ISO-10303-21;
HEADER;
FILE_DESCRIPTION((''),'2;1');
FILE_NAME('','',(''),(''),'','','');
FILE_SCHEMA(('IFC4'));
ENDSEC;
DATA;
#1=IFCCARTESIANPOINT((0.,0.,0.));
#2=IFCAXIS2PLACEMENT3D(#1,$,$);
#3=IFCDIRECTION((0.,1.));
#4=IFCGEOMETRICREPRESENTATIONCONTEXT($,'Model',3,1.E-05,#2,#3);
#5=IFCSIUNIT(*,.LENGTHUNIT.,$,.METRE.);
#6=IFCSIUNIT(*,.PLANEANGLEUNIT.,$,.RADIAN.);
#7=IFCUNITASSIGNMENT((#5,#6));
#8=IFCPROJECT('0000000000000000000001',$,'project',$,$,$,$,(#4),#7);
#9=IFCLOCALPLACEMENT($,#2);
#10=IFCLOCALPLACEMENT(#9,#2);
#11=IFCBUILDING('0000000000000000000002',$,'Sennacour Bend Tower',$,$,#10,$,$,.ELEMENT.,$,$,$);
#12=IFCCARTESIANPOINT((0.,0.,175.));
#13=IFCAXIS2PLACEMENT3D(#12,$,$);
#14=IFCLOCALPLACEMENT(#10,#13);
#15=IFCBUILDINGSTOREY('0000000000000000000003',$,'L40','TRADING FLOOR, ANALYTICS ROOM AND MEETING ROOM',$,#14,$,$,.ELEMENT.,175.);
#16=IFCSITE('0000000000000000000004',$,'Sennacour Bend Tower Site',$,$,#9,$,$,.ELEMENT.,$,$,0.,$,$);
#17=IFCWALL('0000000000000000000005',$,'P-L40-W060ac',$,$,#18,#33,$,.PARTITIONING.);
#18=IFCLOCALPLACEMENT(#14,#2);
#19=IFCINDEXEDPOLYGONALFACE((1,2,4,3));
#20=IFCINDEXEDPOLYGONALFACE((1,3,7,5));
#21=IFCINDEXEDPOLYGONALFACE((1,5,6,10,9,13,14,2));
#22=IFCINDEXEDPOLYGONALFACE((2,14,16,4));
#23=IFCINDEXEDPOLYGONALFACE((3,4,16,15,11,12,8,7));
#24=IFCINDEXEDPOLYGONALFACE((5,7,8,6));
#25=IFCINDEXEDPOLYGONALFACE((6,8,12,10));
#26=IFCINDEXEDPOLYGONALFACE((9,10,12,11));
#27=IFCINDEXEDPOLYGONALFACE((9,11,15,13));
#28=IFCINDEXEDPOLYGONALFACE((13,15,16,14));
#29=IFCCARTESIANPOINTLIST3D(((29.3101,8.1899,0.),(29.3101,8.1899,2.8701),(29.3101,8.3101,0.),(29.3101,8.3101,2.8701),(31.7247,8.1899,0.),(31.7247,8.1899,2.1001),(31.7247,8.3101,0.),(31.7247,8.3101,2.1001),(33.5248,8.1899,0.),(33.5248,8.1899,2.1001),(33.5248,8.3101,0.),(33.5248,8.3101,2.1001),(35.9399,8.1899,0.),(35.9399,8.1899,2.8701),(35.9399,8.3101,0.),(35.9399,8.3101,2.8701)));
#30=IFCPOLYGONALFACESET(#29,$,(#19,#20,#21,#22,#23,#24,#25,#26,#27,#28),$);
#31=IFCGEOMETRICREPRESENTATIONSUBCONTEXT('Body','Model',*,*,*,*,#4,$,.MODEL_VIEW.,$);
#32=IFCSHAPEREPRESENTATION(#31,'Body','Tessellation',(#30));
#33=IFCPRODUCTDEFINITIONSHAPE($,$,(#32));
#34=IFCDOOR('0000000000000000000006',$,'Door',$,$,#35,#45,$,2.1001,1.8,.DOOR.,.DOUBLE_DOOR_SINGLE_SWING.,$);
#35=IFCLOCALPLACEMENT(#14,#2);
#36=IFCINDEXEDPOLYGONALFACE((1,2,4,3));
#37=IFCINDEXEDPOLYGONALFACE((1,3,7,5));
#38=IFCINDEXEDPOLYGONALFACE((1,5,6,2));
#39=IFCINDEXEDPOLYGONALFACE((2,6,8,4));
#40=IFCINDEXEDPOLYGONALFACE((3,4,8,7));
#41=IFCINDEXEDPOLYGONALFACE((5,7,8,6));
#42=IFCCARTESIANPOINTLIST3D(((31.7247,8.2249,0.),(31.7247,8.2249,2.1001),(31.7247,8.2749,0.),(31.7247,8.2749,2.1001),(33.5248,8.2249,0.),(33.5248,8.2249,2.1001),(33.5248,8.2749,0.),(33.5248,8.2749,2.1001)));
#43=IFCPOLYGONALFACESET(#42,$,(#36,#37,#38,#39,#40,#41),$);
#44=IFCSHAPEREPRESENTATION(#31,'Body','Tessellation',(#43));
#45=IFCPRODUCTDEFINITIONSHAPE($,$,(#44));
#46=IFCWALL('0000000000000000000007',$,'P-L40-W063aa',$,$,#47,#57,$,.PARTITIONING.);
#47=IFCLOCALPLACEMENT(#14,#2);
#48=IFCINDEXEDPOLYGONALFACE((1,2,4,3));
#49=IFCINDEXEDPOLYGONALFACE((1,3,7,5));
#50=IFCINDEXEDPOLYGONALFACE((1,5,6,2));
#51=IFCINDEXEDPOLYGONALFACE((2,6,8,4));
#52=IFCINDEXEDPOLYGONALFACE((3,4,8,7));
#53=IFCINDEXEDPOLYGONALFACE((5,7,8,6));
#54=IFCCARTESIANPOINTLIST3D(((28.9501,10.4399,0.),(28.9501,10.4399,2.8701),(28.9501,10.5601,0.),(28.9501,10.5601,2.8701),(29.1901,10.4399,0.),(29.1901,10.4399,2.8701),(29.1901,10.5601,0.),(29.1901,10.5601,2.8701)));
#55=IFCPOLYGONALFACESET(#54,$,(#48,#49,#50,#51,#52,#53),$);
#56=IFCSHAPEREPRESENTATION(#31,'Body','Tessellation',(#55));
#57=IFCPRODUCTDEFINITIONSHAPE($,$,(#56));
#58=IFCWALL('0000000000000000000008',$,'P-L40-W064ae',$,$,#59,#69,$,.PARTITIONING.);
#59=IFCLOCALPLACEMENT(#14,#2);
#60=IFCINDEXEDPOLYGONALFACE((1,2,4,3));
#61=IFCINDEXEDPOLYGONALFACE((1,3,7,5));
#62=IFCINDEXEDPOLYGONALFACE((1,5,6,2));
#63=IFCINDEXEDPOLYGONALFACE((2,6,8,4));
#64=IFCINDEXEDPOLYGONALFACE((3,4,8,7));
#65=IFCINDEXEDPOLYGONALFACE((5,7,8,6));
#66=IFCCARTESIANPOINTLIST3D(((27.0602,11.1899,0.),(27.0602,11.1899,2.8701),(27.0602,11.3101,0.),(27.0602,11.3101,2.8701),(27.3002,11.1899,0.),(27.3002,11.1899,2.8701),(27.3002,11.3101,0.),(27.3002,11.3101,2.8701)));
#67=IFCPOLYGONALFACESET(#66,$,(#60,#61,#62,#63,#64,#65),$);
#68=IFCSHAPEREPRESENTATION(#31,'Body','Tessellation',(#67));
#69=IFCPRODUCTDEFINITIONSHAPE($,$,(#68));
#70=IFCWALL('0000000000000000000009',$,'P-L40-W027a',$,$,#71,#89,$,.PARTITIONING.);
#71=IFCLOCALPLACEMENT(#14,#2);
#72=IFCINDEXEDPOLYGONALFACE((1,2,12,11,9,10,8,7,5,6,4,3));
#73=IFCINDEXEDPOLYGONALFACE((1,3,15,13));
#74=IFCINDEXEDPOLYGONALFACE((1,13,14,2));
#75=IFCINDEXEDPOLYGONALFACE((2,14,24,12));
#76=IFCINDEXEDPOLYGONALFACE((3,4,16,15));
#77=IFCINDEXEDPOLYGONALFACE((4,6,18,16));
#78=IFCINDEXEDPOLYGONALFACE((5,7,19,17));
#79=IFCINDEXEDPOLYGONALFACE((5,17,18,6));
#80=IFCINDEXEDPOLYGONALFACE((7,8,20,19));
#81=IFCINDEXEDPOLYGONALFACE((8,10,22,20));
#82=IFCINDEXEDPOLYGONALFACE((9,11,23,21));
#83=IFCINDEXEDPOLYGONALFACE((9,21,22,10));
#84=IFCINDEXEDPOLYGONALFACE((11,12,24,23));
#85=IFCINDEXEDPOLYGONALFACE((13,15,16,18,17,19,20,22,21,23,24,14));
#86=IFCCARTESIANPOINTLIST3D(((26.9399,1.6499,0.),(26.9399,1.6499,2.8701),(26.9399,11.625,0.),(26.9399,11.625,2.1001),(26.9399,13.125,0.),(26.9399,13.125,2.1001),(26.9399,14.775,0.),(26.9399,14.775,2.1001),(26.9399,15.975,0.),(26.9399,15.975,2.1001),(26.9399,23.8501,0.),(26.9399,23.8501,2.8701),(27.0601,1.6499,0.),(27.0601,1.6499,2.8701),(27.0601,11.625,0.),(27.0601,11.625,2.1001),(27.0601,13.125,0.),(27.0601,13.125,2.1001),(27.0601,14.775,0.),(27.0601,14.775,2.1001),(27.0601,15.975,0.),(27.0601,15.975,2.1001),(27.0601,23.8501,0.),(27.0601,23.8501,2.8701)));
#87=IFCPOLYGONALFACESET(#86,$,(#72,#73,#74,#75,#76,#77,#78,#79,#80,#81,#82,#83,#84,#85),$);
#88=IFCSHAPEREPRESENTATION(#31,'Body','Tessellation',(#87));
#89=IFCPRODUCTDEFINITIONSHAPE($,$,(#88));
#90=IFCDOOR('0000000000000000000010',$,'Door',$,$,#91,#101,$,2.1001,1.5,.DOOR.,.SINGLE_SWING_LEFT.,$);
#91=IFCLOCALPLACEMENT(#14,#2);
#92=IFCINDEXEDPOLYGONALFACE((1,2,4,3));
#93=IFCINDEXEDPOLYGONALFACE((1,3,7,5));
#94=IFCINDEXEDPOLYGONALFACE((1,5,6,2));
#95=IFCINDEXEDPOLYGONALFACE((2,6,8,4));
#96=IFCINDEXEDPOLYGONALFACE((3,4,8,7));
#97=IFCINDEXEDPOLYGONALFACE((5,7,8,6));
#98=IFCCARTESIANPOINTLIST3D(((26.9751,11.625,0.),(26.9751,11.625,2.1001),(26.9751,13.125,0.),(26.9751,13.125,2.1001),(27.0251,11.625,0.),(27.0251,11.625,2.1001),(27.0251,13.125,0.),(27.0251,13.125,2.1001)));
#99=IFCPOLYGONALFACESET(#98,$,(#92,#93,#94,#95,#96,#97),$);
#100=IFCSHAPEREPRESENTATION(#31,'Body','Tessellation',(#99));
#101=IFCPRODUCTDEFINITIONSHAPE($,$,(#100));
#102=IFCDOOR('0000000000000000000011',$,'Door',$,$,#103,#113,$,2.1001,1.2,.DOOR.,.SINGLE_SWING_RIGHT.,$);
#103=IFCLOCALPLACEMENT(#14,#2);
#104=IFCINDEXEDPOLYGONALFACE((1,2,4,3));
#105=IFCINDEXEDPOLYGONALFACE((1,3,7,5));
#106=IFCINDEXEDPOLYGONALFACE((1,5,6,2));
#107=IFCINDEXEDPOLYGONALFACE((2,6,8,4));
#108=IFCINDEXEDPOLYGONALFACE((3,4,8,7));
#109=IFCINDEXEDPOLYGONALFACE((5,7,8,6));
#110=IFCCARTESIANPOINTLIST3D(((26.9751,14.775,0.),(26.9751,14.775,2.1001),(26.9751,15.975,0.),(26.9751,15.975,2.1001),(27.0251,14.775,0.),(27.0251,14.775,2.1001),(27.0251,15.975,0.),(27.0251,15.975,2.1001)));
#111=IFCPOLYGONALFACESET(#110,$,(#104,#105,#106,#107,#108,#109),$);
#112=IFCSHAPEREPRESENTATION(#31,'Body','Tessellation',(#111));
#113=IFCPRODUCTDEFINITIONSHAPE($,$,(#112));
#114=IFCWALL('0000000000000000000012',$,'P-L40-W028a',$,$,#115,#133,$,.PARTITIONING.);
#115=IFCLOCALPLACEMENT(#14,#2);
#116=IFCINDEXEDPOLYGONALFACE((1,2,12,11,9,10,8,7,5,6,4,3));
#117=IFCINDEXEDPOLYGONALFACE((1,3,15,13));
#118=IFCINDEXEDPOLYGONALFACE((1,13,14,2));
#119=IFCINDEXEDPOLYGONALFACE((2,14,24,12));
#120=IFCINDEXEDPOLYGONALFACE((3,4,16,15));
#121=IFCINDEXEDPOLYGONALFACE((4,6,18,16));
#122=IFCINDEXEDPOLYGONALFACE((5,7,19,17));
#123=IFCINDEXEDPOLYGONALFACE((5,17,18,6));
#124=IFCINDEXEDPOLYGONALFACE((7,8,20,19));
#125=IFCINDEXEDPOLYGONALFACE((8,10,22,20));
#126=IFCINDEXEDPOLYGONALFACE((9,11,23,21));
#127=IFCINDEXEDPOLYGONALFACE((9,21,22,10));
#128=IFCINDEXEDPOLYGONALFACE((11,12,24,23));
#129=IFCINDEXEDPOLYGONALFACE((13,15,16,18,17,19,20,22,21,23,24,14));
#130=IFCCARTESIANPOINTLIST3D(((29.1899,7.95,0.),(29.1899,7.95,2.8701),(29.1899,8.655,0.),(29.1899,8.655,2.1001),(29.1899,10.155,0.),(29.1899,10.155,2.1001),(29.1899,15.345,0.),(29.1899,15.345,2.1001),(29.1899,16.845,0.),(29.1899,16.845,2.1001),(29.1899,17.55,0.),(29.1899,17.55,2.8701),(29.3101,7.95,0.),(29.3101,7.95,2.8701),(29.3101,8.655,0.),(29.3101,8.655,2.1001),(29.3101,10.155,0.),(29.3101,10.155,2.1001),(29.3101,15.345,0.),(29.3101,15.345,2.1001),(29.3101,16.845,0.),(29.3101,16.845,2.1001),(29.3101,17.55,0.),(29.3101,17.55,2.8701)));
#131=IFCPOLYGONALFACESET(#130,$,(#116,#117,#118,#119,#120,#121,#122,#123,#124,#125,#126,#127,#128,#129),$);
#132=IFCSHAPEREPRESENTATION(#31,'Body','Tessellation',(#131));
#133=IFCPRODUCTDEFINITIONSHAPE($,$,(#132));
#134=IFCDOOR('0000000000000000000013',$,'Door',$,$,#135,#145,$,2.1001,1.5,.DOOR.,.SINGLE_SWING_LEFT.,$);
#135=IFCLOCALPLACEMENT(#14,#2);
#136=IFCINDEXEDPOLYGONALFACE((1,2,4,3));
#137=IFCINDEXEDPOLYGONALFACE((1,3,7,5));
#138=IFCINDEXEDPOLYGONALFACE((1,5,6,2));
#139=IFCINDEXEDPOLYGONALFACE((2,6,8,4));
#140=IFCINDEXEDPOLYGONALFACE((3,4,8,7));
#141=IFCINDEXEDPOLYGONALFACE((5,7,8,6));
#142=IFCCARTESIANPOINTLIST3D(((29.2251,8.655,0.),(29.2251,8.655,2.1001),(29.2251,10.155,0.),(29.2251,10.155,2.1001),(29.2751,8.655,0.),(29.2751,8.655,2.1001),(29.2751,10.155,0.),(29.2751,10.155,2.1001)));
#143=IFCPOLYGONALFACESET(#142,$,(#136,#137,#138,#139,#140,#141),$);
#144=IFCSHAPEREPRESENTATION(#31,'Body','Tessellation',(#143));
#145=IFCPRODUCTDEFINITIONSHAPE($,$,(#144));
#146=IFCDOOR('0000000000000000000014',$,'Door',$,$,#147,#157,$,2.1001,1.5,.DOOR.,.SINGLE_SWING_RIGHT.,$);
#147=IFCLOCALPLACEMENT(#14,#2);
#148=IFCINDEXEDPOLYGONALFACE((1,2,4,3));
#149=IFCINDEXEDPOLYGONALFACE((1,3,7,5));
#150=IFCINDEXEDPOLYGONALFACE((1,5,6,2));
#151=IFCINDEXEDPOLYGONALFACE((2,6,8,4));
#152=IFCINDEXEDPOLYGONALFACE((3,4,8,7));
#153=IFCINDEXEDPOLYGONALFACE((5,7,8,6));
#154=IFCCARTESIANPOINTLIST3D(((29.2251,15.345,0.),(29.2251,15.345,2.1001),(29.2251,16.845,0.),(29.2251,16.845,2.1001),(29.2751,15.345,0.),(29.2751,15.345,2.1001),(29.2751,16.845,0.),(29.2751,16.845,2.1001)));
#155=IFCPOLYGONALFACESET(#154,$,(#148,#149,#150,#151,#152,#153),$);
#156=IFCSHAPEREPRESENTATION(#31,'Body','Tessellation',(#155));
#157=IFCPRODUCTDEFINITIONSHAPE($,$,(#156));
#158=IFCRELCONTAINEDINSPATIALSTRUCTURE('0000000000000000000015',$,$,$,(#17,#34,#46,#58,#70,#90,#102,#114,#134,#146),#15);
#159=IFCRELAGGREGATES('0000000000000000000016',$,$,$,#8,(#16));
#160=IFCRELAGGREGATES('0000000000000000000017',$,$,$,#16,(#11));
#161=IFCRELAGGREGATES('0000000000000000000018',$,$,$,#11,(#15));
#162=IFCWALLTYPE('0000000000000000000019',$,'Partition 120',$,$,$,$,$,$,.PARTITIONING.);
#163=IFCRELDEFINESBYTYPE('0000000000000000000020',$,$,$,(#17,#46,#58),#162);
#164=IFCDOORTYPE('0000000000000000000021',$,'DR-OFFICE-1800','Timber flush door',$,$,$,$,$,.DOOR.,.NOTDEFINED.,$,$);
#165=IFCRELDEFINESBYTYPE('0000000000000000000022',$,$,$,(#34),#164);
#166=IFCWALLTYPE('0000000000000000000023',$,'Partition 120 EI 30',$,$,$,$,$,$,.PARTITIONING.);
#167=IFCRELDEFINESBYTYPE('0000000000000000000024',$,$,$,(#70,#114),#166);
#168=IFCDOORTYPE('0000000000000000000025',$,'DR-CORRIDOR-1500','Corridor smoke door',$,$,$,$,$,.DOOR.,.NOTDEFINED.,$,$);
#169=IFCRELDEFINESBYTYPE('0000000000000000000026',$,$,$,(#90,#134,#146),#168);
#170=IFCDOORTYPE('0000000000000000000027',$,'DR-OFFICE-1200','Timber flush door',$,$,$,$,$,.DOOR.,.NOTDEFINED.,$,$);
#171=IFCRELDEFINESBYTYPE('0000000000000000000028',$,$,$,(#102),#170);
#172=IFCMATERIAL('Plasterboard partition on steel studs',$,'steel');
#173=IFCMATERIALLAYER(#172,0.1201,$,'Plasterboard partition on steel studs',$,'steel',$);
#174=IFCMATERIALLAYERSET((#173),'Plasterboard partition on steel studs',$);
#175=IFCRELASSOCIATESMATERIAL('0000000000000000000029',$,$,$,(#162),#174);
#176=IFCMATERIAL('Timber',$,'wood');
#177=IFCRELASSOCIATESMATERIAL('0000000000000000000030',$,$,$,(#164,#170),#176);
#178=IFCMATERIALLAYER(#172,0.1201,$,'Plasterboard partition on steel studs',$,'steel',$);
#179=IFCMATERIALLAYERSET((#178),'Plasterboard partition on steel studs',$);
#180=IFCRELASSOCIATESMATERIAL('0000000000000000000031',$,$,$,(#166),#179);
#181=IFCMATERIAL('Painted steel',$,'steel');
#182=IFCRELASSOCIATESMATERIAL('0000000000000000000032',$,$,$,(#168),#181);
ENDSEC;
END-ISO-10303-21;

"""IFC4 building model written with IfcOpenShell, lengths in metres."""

from ifc_helpers import new_model, si_unit, direction, frame, frame_2d, origin, place, context, subcontext, project, spatial, rectangle, extrude, material, layer, layer_set, type_object, element, fill, save


model = new_model("IFC4")

# Units and contexts
model_context = context("Model", 3, precision=1e-05, world=origin(), true_north=direction((0.0, 1.0)))
body_context = subcontext(model_context, "Body", "Model", "MODEL_VIEW")
ifc_project = project(units=[si_unit("LENGTHUNIT", "METRE"), si_unit("PLANEANGLEUNIT", "RADIAN")], contexts=[model_context])

# Site, building, storey
site_placement = place(None, origin())
site = spatial("IfcSite", under=ifc_project, at=site_placement, Name="Sennacour Bend Tower Site", CompositionType="ELEMENT", RefElevation=0.0)
building_placement = place(site_placement, origin())
building = spatial("IfcBuilding", under=site, at=building_placement, Name="Sennacour Bend Tower", CompositionType="ELEMENT")
storey_placement = place(building_placement, frame((0.0, 0.0, 175.0)))
storey = spatial("IfcBuildingStorey", under=building, at=storey_placement, Name="L40", Description="TRADING FLOOR, ANALYTICS ROOM AND MEETING ROOM", CompositionType="ELEMENT", Elevation=175.0)

# Shared definitions
ifc_material_1 = material(Name="Plasterboard partition on steel studs", Category="steel")
ifc_layer_1 = layer(ifc_material_1, 0.1201, Name="Plasterboard partition on steel studs", Category="steel")
ifc_layer_set_1 = layer_set([ifc_layer_1], Name="Plasterboard partition on steel studs")
wall_type_1 = type_object("IfcWallType", Name="Partition 120", PredefinedType="PARTITIONING", material=ifc_layer_set_1)

# Wall, opening, door
wall_1_placement = place(storey_placement, frame((29.3101, 8.25, 0.0), z_axis=(0.0, 0.0, 1.0), x_axis=(1.0, 0.0, 0.0)))
wall_1 = element("IfcWall", 1, at=wall_1_placement, inside=storey, type_object=wall_type_1, Name="P-L40-W060ac", PredefinedType="PARTITIONING", context=body_context, shape_type="SweptSolid", body=[
    extrude(rectangle(XDim=6.6299, YDim=0.1201, at=frame_2d((3.3149, 0.0))), origin(), (0.0, 0.0, 1.0), 2.8701),
])
opening_1_placement = place(wall_1_placement, frame((2.4148, 0.0, 0.0)))
opening_1 = element("IfcOpeningElement", 2, at=opening_1_placement, cuts=wall_1, PredefinedType="OPENING", context=body_context, shape_type="SweptSolid", body=[
    extrude(rectangle(XDim=1.8, YDim=2.1001, at=frame_2d((0.8999, 1.05))), frame((0.0, 0.0701, 0.0), z_axis=(0.0, -1.0, 0.0), x_axis=(1.0, 0.0, 0.0)), (0.0, 0.0, 1.0), 0.1401),
])
ifc_material_2 = material(Name="Timber", Category="wood")
door_type_1 = type_object("IfcDoorType", Name="DR-OFFICE-1800", Description="Timber flush door", OperationType="NOTDEFINED", PredefinedType="DOOR", material=ifc_material_2)
door_1_placement = place(opening_1_placement, origin())
door_1 = element("IfcDoor", 3, at=door_1_placement, inside=storey, type_object=door_type_1, Name="Door", OperationType="DOUBLE_DOOR_SINGLE_SWING", OverallHeight=2.1001, OverallWidth=1.8, PredefinedType="DOOR", context=body_context, shape_type="SweptSolid", body=[
    extrude(rectangle(XDim=1.8, YDim=2.1001, at=frame_2d((0.8999, 1.05))), frame((0.0, 0.0249, 0.0), z_axis=(0.0, -1.0, 0.0), x_axis=(1.0, 0.0, 0.0)), (0.0, 0.0, 1.0), 0.05),
])
fill(opening_1, door_1)

# Walls
for number, where, z_axis, x_axis, name in (
    (4, (28.95, 10.5, 0.0), (0.0, 0.0, 1.0), (1.0, 0.0, 0.0), "P-L40-W063aa"),
    (5, (27.0601, 11.25, 0.0), (0.0, 0.0, 1.0), (1.0, 0.0, 0.0), "P-L40-W064ae"),
):
    element("IfcWall", number, at=place(storey_placement, frame(where, z_axis=z_axis, x_axis=x_axis)), inside=storey, type_object=wall_type_1, Name=name, PredefinedType="PARTITIONING", context=body_context, shape_type="SweptSolid", body=[
        extrude(rectangle(XDim=0.24, YDim=0.1201, at=frame_2d((0.1201, 0.0))), origin(), (0.0, 0.0, 1.0), 2.8701),
    ])

# Walls, openings, doors
ifc_layer_2 = layer(ifc_material_1, 0.1201, Name="Plasterboard partition on steel studs", Category="steel")
ifc_layer_set_2 = layer_set([ifc_layer_2], Name="Plasterboard partition on steel studs")
wall_type_2 = type_object("IfcWallType", Name="Partition 120 EI 30", PredefinedType="PARTITIONING", material=ifc_layer_set_2)
wall_2_placement = place(storey_placement, frame((27.0, 1.6499, 0.0), z_axis=(0.0, 0.0, 1.0), x_axis=(0.0, 1.0, 0.0)))
wall_2 = element("IfcWall", 6, at=wall_2_placement, inside=storey, type_object=wall_type_2, Name="P-L40-W027a", PredefinedType="PARTITIONING", context=body_context, shape_type="SweptSolid", body=[
    extrude(rectangle(XDim=22.2002, YDim=0.1201, at=frame_2d((11.1001, 0.0))), origin(), (0.0, 0.0, 1.0), 2.8701),
])
opening_2_placement = place(wall_2_placement, frame((9.9751, 0.0, 0.0)))
opening_2 = element("IfcOpeningElement", 7, at=opening_2_placement, cuts=wall_2, PredefinedType="OPENING", context=body_context, shape_type="SweptSolid", body=[
    extrude(rectangle(XDim=1.5, YDim=2.1001, at=frame_2d((0.75, 1.05))), frame((0.0, 0.0701, 0.0), z_axis=(0.0, -1.0, 0.0), x_axis=(1.0, 0.0, 0.0)), (0.0, 0.0, 1.0), 0.1401),
])
opening_3_placement = place(wall_2_placement, frame((13.125, 0.0, 0.0)))
opening_3 = element("IfcOpeningElement", 8, at=opening_3_placement, cuts=wall_2, PredefinedType="OPENING", context=body_context, shape_type="SweptSolid", body=[
    extrude(rectangle(XDim=1.2, YDim=2.1001, at=frame_2d((0.6001, 1.05))), frame((0.0, 0.0701, 0.0), z_axis=(0.0, -1.0, 0.0), x_axis=(1.0, 0.0, 0.0)), (0.0, 0.0, 1.0), 0.1401),
])
ifc_material_3 = material(Name="Painted steel", Category="steel")
door_type_2 = type_object("IfcDoorType", Name="DR-CORRIDOR-1500", Description="Corridor smoke door", OperationType="NOTDEFINED", PredefinedType="DOOR", material=ifc_material_3)
door_2_placement = place(opening_2_placement, origin())
door_2 = element("IfcDoor", 9, at=door_2_placement, inside=storey, type_object=door_type_2, Name="Door", OperationType="SINGLE_SWING_LEFT", OverallHeight=2.1001, OverallWidth=1.5, PredefinedType="DOOR", context=body_context, shape_type="SweptSolid", body=[
    extrude(rectangle(XDim=1.5, YDim=2.1001, at=frame_2d((0.75, 1.05))), frame((0.0, 0.0249, 0.0), z_axis=(0.0, -1.0, 0.0), x_axis=(1.0, 0.0, 0.0)), (0.0, 0.0, 1.0), 0.05),
])
fill(opening_2, door_2)
door_type_3 = type_object("IfcDoorType", Name="DR-OFFICE-1200", Description="Timber flush door", OperationType="NOTDEFINED", PredefinedType="DOOR", material=ifc_material_2)
door_3_placement = place(opening_3_placement, origin())
door_3 = element("IfcDoor", 10, at=door_3_placement, inside=storey, type_object=door_type_3, Name="Door", OperationType="SINGLE_SWING_RIGHT", OverallHeight=2.1001, OverallWidth=1.2, PredefinedType="DOOR", context=body_context, shape_type="SweptSolid", body=[
    extrude(rectangle(XDim=1.2, YDim=2.1001, at=frame_2d((0.6001, 1.05))), frame((0.0, 0.0249, 0.0), z_axis=(0.0, -1.0, 0.0), x_axis=(1.0, 0.0, 0.0)), (0.0, 0.0, 1.0), 0.05),
])
fill(opening_3, door_3)
wall_3_placement = place(storey_placement, frame((29.25, 7.95, 0.0), z_axis=(0.0, 0.0, 1.0), x_axis=(0.0, 1.0, 0.0)))
wall_3 = element("IfcWall", 11, at=wall_3_placement, inside=storey, type_object=wall_type_2, Name="P-L40-W028a", PredefinedType="PARTITIONING", context=body_context, shape_type="SweptSolid", body=[
    extrude(rectangle(XDim=9.6001, YDim=0.1201, at=frame_2d((4.8, 0.0))), origin(), (0.0, 0.0, 1.0), 2.8701),
])
opening_4_placement = place(wall_3_placement, frame((0.7051, 0.0, 0.0)))
opening_4 = element("IfcOpeningElement", 12, at=opening_4_placement, cuts=wall_3, PredefinedType="OPENING", context=body_context, shape_type="SweptSolid", body=[
    extrude(rectangle(XDim=1.5, YDim=2.1001, at=frame_2d((0.75, 1.05))), frame((0.0, 0.0701, 0.0), z_axis=(0.0, -1.0, 0.0), x_axis=(1.0, 0.0, 0.0)), (0.0, 0.0, 1.0), 0.1401),
])
opening_5_placement = place(wall_3_placement, frame((7.395, 0.0, 0.0)))
opening_5 = element("IfcOpeningElement", 13, at=opening_5_placement, cuts=wall_3, PredefinedType="OPENING", context=body_context, shape_type="SweptSolid", body=[
    extrude(rectangle(XDim=1.5, YDim=2.1001, at=frame_2d((0.75, 1.05))), frame((0.0, 0.0701, 0.0), z_axis=(0.0, -1.0, 0.0), x_axis=(1.0, 0.0, 0.0)), (0.0, 0.0, 1.0), 0.1401),
])
door_4_placement = place(opening_4_placement, origin())
door_4 = element("IfcDoor", 14, at=door_4_placement, inside=storey, type_object=door_type_2, Name="Door", OperationType="SINGLE_SWING_LEFT", OverallHeight=2.1001, OverallWidth=1.5, PredefinedType="DOOR", context=body_context, shape_type="SweptSolid", body=[
    extrude(rectangle(XDim=1.5, YDim=2.1001, at=frame_2d((0.75, 1.05))), frame((0.0, 0.0249, 0.0), z_axis=(0.0, -1.0, 0.0), x_axis=(1.0, 0.0, 0.0)), (0.0, 0.0, 1.0), 0.05),
])
fill(opening_4, door_4)
door_5_placement = place(opening_5_placement, origin())
door_5 = element("IfcDoor", 15, at=door_5_placement, inside=storey, type_object=door_type_2, Name="Door", OperationType="SINGLE_SWING_RIGHT", OverallHeight=2.1001, OverallWidth=1.5, PredefinedType="DOOR", context=body_context, shape_type="SweptSolid", body=[
    extrude(rectangle(XDim=1.5, YDim=2.1001, at=frame_2d((0.75, 1.05))), frame((0.0, 0.0249, 0.0), z_axis=(0.0, -1.0, 0.0), x_axis=(1.0, 0.0, 0.0)), (0.0, 0.0, 1.0), 0.05),
])
fill(opening_5, door_5)

save(model, "model.ifc")
